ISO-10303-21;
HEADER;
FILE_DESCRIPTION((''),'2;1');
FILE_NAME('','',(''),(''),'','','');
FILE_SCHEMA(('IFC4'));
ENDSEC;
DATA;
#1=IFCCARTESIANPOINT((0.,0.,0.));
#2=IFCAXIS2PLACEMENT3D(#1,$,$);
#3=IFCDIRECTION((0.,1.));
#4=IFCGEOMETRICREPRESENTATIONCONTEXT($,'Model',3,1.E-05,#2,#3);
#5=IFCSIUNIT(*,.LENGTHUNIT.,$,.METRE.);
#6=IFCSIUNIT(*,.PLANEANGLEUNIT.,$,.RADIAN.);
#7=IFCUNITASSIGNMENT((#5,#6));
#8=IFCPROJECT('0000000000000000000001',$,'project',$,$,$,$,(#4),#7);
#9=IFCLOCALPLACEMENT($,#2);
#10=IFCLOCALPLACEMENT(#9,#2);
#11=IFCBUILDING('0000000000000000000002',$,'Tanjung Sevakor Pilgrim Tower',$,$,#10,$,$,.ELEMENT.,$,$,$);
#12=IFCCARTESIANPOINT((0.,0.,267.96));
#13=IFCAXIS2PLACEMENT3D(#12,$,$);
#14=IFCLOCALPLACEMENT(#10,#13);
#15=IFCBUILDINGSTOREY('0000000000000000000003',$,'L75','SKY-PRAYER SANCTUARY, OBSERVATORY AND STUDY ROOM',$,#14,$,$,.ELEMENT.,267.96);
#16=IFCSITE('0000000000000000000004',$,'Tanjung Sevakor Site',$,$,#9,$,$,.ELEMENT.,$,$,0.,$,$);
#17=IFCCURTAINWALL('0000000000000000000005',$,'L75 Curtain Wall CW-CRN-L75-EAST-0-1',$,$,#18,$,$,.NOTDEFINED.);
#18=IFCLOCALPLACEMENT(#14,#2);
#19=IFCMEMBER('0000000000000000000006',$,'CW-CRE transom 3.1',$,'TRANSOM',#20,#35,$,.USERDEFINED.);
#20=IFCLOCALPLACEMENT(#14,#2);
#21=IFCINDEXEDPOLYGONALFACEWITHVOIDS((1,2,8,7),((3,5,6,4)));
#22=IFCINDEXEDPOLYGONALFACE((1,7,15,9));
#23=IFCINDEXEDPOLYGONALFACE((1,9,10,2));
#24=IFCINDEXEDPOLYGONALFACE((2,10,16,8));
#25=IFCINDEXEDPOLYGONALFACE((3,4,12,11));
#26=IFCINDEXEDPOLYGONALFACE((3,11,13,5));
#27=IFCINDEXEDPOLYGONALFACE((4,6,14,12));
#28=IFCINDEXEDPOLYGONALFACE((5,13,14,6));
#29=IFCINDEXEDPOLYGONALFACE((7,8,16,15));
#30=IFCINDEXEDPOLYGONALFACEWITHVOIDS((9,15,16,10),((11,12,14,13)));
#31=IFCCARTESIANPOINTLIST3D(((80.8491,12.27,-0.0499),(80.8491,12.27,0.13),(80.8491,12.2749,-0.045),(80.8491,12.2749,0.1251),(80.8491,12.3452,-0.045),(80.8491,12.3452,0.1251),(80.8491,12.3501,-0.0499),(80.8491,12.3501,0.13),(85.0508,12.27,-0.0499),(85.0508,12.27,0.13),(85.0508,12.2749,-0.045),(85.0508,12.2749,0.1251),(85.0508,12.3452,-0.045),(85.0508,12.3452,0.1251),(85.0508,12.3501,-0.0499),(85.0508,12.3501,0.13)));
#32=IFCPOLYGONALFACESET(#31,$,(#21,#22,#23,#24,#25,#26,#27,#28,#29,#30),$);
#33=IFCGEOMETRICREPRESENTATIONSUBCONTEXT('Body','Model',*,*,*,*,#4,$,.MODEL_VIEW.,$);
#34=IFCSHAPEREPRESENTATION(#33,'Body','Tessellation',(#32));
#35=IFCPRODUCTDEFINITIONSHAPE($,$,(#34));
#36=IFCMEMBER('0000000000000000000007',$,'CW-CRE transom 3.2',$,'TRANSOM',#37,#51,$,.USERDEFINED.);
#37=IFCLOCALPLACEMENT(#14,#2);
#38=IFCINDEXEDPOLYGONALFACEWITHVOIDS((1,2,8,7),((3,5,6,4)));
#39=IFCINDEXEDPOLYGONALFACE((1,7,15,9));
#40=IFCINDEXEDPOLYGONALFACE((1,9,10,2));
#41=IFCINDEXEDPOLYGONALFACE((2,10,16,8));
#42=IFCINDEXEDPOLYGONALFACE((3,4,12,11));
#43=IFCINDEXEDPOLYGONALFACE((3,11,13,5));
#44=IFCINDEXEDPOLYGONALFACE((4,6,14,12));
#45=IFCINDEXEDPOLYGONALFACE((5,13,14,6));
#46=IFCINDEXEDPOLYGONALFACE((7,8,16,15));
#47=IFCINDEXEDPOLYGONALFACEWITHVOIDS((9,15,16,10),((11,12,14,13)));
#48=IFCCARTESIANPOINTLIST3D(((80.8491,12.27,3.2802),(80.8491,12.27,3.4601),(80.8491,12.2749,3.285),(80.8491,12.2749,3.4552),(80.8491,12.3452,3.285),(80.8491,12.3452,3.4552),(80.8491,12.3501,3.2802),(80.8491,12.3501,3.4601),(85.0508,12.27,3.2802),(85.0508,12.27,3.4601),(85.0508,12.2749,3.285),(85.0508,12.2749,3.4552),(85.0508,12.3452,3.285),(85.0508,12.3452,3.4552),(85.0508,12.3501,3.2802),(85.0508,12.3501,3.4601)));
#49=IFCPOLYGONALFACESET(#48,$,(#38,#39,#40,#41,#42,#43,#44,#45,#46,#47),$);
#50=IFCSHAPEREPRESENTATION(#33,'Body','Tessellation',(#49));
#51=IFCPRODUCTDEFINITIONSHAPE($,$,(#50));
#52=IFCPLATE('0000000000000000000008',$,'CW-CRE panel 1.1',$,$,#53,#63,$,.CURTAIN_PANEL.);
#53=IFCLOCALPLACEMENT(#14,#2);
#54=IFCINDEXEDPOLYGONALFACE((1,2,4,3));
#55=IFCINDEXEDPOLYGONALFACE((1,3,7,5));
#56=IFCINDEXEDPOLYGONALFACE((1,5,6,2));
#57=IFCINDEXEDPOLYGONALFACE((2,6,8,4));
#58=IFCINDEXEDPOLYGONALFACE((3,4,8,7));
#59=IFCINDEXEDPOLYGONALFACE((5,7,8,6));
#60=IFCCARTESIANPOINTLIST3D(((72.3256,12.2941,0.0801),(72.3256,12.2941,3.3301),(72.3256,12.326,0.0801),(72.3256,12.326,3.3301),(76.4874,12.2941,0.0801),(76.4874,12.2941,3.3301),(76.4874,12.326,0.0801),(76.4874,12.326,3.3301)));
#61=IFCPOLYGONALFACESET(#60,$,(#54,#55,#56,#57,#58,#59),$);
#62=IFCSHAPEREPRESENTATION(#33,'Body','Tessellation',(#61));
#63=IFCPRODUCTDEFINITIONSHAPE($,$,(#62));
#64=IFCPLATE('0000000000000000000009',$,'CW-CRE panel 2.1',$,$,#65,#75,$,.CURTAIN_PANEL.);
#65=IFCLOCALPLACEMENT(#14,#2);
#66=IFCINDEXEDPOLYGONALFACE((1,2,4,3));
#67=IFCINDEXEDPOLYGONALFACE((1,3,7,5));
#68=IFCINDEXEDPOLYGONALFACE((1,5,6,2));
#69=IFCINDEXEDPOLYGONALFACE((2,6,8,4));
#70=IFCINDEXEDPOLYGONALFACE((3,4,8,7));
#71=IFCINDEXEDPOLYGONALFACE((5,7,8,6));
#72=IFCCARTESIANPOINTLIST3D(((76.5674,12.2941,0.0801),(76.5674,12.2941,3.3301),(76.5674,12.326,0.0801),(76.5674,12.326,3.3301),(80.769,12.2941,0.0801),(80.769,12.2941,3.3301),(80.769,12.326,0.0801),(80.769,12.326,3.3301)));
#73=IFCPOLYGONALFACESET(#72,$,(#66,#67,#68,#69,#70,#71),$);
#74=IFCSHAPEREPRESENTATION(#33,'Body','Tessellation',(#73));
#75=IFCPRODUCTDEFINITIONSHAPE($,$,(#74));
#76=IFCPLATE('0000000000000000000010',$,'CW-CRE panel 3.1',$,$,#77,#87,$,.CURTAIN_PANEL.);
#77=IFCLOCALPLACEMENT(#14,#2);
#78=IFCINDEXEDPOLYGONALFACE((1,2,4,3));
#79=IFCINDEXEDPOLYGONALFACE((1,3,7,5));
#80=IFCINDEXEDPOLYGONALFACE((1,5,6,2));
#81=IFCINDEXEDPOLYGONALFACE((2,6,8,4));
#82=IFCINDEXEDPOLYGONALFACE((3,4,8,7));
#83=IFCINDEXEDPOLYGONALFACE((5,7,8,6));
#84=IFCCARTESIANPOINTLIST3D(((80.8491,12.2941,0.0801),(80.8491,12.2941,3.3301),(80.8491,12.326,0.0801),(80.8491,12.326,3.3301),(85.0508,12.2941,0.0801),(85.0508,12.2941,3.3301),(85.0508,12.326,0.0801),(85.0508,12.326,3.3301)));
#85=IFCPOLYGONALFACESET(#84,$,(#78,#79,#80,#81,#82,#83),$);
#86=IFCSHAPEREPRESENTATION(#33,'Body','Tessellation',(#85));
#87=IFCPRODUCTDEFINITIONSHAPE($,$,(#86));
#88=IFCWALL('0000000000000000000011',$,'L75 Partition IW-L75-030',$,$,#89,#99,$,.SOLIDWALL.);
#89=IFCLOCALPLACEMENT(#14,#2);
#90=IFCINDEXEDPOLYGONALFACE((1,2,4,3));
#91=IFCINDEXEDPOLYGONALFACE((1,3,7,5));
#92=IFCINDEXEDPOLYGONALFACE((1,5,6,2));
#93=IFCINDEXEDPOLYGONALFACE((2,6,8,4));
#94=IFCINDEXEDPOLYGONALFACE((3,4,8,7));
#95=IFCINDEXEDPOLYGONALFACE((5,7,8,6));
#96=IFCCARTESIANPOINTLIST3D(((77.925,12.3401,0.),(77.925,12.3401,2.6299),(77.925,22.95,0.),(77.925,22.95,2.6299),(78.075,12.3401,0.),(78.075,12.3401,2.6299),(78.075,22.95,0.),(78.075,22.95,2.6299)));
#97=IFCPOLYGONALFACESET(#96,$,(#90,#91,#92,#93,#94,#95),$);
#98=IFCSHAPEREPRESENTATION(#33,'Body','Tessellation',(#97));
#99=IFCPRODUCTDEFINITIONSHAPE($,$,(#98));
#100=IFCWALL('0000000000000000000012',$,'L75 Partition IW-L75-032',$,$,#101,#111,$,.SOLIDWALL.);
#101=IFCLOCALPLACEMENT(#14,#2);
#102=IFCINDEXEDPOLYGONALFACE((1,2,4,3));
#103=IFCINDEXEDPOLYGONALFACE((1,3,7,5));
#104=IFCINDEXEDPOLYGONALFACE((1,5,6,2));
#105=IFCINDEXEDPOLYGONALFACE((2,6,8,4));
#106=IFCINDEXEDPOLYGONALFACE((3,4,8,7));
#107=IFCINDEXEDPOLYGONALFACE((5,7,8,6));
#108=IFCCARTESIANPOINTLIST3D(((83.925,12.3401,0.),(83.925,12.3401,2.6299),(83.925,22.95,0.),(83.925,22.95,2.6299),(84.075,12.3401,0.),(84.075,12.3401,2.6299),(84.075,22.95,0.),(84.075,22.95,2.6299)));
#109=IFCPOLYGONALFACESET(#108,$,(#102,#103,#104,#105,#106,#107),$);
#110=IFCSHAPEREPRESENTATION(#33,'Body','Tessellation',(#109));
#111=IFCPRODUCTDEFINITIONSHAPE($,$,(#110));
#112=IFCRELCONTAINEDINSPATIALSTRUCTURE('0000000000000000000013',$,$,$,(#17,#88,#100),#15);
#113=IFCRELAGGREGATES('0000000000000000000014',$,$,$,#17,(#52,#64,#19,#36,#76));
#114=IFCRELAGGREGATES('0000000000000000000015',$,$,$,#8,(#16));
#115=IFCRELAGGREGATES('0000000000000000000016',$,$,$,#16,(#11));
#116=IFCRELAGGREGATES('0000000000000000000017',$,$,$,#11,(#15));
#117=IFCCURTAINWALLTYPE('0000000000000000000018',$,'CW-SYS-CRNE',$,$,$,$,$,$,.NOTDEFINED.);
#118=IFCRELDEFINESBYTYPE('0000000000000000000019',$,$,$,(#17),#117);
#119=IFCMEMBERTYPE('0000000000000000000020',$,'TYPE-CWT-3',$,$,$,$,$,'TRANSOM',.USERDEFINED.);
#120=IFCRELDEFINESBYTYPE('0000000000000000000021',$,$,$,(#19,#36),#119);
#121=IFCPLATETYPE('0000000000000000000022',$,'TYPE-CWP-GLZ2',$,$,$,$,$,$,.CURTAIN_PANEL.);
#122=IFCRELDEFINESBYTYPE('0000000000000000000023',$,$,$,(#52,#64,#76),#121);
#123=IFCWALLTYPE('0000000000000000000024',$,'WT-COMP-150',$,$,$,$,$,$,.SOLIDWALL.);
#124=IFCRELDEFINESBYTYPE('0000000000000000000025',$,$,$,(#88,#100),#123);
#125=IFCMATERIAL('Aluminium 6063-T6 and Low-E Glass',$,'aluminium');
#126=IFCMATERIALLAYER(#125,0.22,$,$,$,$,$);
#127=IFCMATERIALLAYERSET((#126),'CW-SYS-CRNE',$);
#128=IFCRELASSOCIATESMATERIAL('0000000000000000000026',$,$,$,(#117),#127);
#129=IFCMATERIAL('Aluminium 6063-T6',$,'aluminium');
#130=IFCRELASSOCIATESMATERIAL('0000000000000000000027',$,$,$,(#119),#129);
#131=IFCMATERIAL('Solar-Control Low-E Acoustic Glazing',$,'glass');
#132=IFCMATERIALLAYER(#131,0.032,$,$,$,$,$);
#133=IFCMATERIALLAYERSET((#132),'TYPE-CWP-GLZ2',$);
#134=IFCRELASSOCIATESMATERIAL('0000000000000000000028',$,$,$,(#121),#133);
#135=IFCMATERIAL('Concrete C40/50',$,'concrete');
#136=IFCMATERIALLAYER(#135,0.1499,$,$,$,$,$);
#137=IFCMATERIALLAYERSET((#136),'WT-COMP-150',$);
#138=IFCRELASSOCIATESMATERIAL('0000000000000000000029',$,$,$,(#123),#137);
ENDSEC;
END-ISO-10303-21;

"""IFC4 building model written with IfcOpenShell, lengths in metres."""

from ifc_helpers import new_model, si_unit, direction, frame, frame_2d, origin, origin_2d, place, context, subcontext, project, spatial, rectangle, hollow_rectangle, extrude, material, layer, layer_set, material_profile, profile_set, type_object, element, aggregate, save


model = new_model("IFC4")

# Units and contexts
model_context = context("Model", 3, precision=1e-05, world=origin(), true_north=direction((0.0, 1.0)))
body_context = subcontext(model_context, "Body", "Model", "MODEL_VIEW")
ifc_project = project(units=[si_unit("LENGTHUNIT", "METRE"), si_unit("PLANEANGLEUNIT", "RADIAN")], contexts=[model_context])

# Site, building, storey
site_placement = place(None, origin())
site = spatial("IfcSite", under=ifc_project, at=site_placement, Name="Tanjung Sevakor Site", CompositionType="ELEMENT", RefElevation=0.0)
building_placement = place(site_placement, origin())
building = spatial("IfcBuilding", under=site, at=building_placement, Name="Tanjung Sevakor Pilgrim Tower", CompositionType="ELEMENT")
storey_placement = place(building_placement, frame((0.0, 0.0, 267.96)))
storey = spatial("IfcBuildingStorey", under=building, at=storey_placement, Name="L75", Description="SKY-PRAYER SANCTUARY, OBSERVATORY AND STUDY ROOM", CompositionType="ELEMENT", Elevation=267.96)

# Curtain wall, members, plates
ifc_material_1 = material(Name="Aluminium 6063-T6 and Low-E Glass", Category="aluminium")
ifc_layer_1 = layer(ifc_material_1, 0.22)
ifc_layer_set_1 = layer_set([ifc_layer_1], Name="CW-SYS-CRNE")
curtain_wall_type = type_object("IfcCurtainWallType", Name="CW-SYS-CRNE", PredefinedType="NOTDEFINED", material=ifc_layer_set_1)
curtain_wall_placement = place(storey_placement, origin())
curtain_wall = element("IfcCurtainWall", 1, at=curtain_wall_placement, inside=storey, type_object=curtain_wall_type, Name="L75 Curtain Wall CW-CRN-L75-EAST-0-1", PredefinedType="NOTDEFINED")
ifc_material_2 = material(Name="Aluminium 6063-T6", Category="aluminium")
ifc_material_profile_1 = material_profile(ifc_material_2, hollow_rectangle(XDim=0.0801, YDim=0.1799, WallThickness=0.0049, at=origin_2d()))
ifc_profile_set_1 = profile_set([ifc_material_profile_1], Name="Aluminium 6063-T6")
member_type_1 = type_object("IfcMemberType", Name="TYPE-CWT-3", ElementType="TRANSOM", PredefinedType="USERDEFINED", material=ifc_profile_set_1)
member_1_placement = place(storey_placement, frame((80.8491, 12.3101, 0.04), z_axis=(1.0, 0.0, 0.0), x_axis=(0.0, 1.0, 0.0)))
member_1 = element("IfcMember", 2, at=member_1_placement, type_object=member_type_1, Name="CW-CRE transom 3.1", ObjectType="TRANSOM", PredefinedType="USERDEFINED", context=body_context, shape_type="SweptSolid", body=[
    extrude(hollow_rectangle(XDim=0.0801, YDim=0.1799, WallThickness=0.0049, at=origin_2d()), origin(), (0.0, 0.0, 1.0), 4.2017),
])
member_2_placement = place(storey_placement, frame((80.8491, 12.3101, 3.3701), z_axis=(1.0, 0.0, 0.0), x_axis=(0.0, 1.0, 0.0)))
member_2 = element("IfcMember", 3, at=member_2_placement, type_object=member_type_1, Name="CW-CRE transom 3.2", ObjectType="TRANSOM", PredefinedType="USERDEFINED", context=body_context, shape_type="SweptSolid", body=[
    extrude(hollow_rectangle(XDim=0.0801, YDim=0.1799, WallThickness=0.0049, at=origin_2d()), origin(), (0.0, 0.0, 1.0), 4.2017),
])
ifc_material_3 = material(Name="Solar-Control Low-E Acoustic Glazing", Category="glass")
ifc_layer_2 = layer(ifc_material_3, 0.032)
ifc_layer_set_2 = layer_set([ifc_layer_2], Name="TYPE-CWP-GLZ2")
plate_type = type_object("IfcPlateType", Name="TYPE-CWP-GLZ2", PredefinedType="CURTAIN_PANEL", material=ifc_layer_set_2)
plate_1_placement = place(storey_placement, frame((74.4065, 12.3101, 0.0801), z_axis=(0.0, 0.0, 1.0), x_axis=(1.0, 0.0, 0.0)))
plate_1 = element("IfcPlate", 4, at=plate_1_placement, type_object=plate_type, Name="CW-CRE panel 1.1", PredefinedType="CURTAIN_PANEL", context=body_context, shape_type="SweptSolid", body=[
    extrude(rectangle(XDim=4.1619, YDim=0.032, at=origin_2d()), origin(), (0.0, 0.0, 1.0), 3.25),
])
plate_2_placement = place(storey_placement, frame((78.6682, 12.3101, 0.0801), z_axis=(0.0, 0.0, 1.0), x_axis=(1.0, 0.0, 0.0)))
plate_2 = element("IfcPlate", 5, at=plate_2_placement, type_object=plate_type, Name="CW-CRE panel 2.1", PredefinedType="CURTAIN_PANEL", context=body_context, shape_type="SweptSolid", body=[
    extrude(rectangle(XDim=4.2017, YDim=0.032, at=origin_2d()), origin(), (0.0, 0.0, 1.0), 3.25),
])
plate_3_placement = place(storey_placement, frame((82.95, 12.3101, 0.0801), z_axis=(0.0, 0.0, 1.0), x_axis=(1.0, 0.0, 0.0)))
plate_3 = element("IfcPlate", 6, at=plate_3_placement, type_object=plate_type, Name="CW-CRE panel 3.1", PredefinedType="CURTAIN_PANEL", context=body_context, shape_type="SweptSolid", body=[
    extrude(rectangle(XDim=4.2017, YDim=0.032, at=origin_2d()), origin(), (0.0, 0.0, 1.0), 3.25),
])
aggregate(curtain_wall, [plate_1, plate_2, member_1, member_2, plate_3])

# Walls
ifc_material_4 = material(Name="Concrete C40/50", Category="concrete")
ifc_layer_3 = layer(ifc_material_4, 0.1499)
ifc_layer_set_3 = layer_set([ifc_layer_3], Name="WT-COMP-150")
wall_type = type_object("IfcWallType", Name="WT-COMP-150", PredefinedType="SOLIDWALL", material=ifc_layer_set_3)
for number, where, z_axis, x_axis, name in (
    (7, (78.0, 12.3401, 0.0), (0.0, 0.0, 1.0), (0.0, 1.0, 0.0), "L75 Partition IW-L75-030"),
    (8, (84.0, 12.3401, 0.0), (0.0, 0.0, 1.0), (0.0, 1.0, 0.0), "L75 Partition IW-L75-032"),
):
    element("IfcWall", number, at=place(storey_placement, frame(where, z_axis=z_axis, x_axis=x_axis)), inside=storey, type_object=wall_type, Name=name, PredefinedType="SOLIDWALL", context=body_context, shape_type="SweptSolid", body=[
        extrude(rectangle(XDim=10.6099, YDim=0.1499, at=frame_2d((5.3049, 0.0))), origin(), (0.0, 0.0, 1.0), 2.6299),
    ])

save(model, "model.ifc")
